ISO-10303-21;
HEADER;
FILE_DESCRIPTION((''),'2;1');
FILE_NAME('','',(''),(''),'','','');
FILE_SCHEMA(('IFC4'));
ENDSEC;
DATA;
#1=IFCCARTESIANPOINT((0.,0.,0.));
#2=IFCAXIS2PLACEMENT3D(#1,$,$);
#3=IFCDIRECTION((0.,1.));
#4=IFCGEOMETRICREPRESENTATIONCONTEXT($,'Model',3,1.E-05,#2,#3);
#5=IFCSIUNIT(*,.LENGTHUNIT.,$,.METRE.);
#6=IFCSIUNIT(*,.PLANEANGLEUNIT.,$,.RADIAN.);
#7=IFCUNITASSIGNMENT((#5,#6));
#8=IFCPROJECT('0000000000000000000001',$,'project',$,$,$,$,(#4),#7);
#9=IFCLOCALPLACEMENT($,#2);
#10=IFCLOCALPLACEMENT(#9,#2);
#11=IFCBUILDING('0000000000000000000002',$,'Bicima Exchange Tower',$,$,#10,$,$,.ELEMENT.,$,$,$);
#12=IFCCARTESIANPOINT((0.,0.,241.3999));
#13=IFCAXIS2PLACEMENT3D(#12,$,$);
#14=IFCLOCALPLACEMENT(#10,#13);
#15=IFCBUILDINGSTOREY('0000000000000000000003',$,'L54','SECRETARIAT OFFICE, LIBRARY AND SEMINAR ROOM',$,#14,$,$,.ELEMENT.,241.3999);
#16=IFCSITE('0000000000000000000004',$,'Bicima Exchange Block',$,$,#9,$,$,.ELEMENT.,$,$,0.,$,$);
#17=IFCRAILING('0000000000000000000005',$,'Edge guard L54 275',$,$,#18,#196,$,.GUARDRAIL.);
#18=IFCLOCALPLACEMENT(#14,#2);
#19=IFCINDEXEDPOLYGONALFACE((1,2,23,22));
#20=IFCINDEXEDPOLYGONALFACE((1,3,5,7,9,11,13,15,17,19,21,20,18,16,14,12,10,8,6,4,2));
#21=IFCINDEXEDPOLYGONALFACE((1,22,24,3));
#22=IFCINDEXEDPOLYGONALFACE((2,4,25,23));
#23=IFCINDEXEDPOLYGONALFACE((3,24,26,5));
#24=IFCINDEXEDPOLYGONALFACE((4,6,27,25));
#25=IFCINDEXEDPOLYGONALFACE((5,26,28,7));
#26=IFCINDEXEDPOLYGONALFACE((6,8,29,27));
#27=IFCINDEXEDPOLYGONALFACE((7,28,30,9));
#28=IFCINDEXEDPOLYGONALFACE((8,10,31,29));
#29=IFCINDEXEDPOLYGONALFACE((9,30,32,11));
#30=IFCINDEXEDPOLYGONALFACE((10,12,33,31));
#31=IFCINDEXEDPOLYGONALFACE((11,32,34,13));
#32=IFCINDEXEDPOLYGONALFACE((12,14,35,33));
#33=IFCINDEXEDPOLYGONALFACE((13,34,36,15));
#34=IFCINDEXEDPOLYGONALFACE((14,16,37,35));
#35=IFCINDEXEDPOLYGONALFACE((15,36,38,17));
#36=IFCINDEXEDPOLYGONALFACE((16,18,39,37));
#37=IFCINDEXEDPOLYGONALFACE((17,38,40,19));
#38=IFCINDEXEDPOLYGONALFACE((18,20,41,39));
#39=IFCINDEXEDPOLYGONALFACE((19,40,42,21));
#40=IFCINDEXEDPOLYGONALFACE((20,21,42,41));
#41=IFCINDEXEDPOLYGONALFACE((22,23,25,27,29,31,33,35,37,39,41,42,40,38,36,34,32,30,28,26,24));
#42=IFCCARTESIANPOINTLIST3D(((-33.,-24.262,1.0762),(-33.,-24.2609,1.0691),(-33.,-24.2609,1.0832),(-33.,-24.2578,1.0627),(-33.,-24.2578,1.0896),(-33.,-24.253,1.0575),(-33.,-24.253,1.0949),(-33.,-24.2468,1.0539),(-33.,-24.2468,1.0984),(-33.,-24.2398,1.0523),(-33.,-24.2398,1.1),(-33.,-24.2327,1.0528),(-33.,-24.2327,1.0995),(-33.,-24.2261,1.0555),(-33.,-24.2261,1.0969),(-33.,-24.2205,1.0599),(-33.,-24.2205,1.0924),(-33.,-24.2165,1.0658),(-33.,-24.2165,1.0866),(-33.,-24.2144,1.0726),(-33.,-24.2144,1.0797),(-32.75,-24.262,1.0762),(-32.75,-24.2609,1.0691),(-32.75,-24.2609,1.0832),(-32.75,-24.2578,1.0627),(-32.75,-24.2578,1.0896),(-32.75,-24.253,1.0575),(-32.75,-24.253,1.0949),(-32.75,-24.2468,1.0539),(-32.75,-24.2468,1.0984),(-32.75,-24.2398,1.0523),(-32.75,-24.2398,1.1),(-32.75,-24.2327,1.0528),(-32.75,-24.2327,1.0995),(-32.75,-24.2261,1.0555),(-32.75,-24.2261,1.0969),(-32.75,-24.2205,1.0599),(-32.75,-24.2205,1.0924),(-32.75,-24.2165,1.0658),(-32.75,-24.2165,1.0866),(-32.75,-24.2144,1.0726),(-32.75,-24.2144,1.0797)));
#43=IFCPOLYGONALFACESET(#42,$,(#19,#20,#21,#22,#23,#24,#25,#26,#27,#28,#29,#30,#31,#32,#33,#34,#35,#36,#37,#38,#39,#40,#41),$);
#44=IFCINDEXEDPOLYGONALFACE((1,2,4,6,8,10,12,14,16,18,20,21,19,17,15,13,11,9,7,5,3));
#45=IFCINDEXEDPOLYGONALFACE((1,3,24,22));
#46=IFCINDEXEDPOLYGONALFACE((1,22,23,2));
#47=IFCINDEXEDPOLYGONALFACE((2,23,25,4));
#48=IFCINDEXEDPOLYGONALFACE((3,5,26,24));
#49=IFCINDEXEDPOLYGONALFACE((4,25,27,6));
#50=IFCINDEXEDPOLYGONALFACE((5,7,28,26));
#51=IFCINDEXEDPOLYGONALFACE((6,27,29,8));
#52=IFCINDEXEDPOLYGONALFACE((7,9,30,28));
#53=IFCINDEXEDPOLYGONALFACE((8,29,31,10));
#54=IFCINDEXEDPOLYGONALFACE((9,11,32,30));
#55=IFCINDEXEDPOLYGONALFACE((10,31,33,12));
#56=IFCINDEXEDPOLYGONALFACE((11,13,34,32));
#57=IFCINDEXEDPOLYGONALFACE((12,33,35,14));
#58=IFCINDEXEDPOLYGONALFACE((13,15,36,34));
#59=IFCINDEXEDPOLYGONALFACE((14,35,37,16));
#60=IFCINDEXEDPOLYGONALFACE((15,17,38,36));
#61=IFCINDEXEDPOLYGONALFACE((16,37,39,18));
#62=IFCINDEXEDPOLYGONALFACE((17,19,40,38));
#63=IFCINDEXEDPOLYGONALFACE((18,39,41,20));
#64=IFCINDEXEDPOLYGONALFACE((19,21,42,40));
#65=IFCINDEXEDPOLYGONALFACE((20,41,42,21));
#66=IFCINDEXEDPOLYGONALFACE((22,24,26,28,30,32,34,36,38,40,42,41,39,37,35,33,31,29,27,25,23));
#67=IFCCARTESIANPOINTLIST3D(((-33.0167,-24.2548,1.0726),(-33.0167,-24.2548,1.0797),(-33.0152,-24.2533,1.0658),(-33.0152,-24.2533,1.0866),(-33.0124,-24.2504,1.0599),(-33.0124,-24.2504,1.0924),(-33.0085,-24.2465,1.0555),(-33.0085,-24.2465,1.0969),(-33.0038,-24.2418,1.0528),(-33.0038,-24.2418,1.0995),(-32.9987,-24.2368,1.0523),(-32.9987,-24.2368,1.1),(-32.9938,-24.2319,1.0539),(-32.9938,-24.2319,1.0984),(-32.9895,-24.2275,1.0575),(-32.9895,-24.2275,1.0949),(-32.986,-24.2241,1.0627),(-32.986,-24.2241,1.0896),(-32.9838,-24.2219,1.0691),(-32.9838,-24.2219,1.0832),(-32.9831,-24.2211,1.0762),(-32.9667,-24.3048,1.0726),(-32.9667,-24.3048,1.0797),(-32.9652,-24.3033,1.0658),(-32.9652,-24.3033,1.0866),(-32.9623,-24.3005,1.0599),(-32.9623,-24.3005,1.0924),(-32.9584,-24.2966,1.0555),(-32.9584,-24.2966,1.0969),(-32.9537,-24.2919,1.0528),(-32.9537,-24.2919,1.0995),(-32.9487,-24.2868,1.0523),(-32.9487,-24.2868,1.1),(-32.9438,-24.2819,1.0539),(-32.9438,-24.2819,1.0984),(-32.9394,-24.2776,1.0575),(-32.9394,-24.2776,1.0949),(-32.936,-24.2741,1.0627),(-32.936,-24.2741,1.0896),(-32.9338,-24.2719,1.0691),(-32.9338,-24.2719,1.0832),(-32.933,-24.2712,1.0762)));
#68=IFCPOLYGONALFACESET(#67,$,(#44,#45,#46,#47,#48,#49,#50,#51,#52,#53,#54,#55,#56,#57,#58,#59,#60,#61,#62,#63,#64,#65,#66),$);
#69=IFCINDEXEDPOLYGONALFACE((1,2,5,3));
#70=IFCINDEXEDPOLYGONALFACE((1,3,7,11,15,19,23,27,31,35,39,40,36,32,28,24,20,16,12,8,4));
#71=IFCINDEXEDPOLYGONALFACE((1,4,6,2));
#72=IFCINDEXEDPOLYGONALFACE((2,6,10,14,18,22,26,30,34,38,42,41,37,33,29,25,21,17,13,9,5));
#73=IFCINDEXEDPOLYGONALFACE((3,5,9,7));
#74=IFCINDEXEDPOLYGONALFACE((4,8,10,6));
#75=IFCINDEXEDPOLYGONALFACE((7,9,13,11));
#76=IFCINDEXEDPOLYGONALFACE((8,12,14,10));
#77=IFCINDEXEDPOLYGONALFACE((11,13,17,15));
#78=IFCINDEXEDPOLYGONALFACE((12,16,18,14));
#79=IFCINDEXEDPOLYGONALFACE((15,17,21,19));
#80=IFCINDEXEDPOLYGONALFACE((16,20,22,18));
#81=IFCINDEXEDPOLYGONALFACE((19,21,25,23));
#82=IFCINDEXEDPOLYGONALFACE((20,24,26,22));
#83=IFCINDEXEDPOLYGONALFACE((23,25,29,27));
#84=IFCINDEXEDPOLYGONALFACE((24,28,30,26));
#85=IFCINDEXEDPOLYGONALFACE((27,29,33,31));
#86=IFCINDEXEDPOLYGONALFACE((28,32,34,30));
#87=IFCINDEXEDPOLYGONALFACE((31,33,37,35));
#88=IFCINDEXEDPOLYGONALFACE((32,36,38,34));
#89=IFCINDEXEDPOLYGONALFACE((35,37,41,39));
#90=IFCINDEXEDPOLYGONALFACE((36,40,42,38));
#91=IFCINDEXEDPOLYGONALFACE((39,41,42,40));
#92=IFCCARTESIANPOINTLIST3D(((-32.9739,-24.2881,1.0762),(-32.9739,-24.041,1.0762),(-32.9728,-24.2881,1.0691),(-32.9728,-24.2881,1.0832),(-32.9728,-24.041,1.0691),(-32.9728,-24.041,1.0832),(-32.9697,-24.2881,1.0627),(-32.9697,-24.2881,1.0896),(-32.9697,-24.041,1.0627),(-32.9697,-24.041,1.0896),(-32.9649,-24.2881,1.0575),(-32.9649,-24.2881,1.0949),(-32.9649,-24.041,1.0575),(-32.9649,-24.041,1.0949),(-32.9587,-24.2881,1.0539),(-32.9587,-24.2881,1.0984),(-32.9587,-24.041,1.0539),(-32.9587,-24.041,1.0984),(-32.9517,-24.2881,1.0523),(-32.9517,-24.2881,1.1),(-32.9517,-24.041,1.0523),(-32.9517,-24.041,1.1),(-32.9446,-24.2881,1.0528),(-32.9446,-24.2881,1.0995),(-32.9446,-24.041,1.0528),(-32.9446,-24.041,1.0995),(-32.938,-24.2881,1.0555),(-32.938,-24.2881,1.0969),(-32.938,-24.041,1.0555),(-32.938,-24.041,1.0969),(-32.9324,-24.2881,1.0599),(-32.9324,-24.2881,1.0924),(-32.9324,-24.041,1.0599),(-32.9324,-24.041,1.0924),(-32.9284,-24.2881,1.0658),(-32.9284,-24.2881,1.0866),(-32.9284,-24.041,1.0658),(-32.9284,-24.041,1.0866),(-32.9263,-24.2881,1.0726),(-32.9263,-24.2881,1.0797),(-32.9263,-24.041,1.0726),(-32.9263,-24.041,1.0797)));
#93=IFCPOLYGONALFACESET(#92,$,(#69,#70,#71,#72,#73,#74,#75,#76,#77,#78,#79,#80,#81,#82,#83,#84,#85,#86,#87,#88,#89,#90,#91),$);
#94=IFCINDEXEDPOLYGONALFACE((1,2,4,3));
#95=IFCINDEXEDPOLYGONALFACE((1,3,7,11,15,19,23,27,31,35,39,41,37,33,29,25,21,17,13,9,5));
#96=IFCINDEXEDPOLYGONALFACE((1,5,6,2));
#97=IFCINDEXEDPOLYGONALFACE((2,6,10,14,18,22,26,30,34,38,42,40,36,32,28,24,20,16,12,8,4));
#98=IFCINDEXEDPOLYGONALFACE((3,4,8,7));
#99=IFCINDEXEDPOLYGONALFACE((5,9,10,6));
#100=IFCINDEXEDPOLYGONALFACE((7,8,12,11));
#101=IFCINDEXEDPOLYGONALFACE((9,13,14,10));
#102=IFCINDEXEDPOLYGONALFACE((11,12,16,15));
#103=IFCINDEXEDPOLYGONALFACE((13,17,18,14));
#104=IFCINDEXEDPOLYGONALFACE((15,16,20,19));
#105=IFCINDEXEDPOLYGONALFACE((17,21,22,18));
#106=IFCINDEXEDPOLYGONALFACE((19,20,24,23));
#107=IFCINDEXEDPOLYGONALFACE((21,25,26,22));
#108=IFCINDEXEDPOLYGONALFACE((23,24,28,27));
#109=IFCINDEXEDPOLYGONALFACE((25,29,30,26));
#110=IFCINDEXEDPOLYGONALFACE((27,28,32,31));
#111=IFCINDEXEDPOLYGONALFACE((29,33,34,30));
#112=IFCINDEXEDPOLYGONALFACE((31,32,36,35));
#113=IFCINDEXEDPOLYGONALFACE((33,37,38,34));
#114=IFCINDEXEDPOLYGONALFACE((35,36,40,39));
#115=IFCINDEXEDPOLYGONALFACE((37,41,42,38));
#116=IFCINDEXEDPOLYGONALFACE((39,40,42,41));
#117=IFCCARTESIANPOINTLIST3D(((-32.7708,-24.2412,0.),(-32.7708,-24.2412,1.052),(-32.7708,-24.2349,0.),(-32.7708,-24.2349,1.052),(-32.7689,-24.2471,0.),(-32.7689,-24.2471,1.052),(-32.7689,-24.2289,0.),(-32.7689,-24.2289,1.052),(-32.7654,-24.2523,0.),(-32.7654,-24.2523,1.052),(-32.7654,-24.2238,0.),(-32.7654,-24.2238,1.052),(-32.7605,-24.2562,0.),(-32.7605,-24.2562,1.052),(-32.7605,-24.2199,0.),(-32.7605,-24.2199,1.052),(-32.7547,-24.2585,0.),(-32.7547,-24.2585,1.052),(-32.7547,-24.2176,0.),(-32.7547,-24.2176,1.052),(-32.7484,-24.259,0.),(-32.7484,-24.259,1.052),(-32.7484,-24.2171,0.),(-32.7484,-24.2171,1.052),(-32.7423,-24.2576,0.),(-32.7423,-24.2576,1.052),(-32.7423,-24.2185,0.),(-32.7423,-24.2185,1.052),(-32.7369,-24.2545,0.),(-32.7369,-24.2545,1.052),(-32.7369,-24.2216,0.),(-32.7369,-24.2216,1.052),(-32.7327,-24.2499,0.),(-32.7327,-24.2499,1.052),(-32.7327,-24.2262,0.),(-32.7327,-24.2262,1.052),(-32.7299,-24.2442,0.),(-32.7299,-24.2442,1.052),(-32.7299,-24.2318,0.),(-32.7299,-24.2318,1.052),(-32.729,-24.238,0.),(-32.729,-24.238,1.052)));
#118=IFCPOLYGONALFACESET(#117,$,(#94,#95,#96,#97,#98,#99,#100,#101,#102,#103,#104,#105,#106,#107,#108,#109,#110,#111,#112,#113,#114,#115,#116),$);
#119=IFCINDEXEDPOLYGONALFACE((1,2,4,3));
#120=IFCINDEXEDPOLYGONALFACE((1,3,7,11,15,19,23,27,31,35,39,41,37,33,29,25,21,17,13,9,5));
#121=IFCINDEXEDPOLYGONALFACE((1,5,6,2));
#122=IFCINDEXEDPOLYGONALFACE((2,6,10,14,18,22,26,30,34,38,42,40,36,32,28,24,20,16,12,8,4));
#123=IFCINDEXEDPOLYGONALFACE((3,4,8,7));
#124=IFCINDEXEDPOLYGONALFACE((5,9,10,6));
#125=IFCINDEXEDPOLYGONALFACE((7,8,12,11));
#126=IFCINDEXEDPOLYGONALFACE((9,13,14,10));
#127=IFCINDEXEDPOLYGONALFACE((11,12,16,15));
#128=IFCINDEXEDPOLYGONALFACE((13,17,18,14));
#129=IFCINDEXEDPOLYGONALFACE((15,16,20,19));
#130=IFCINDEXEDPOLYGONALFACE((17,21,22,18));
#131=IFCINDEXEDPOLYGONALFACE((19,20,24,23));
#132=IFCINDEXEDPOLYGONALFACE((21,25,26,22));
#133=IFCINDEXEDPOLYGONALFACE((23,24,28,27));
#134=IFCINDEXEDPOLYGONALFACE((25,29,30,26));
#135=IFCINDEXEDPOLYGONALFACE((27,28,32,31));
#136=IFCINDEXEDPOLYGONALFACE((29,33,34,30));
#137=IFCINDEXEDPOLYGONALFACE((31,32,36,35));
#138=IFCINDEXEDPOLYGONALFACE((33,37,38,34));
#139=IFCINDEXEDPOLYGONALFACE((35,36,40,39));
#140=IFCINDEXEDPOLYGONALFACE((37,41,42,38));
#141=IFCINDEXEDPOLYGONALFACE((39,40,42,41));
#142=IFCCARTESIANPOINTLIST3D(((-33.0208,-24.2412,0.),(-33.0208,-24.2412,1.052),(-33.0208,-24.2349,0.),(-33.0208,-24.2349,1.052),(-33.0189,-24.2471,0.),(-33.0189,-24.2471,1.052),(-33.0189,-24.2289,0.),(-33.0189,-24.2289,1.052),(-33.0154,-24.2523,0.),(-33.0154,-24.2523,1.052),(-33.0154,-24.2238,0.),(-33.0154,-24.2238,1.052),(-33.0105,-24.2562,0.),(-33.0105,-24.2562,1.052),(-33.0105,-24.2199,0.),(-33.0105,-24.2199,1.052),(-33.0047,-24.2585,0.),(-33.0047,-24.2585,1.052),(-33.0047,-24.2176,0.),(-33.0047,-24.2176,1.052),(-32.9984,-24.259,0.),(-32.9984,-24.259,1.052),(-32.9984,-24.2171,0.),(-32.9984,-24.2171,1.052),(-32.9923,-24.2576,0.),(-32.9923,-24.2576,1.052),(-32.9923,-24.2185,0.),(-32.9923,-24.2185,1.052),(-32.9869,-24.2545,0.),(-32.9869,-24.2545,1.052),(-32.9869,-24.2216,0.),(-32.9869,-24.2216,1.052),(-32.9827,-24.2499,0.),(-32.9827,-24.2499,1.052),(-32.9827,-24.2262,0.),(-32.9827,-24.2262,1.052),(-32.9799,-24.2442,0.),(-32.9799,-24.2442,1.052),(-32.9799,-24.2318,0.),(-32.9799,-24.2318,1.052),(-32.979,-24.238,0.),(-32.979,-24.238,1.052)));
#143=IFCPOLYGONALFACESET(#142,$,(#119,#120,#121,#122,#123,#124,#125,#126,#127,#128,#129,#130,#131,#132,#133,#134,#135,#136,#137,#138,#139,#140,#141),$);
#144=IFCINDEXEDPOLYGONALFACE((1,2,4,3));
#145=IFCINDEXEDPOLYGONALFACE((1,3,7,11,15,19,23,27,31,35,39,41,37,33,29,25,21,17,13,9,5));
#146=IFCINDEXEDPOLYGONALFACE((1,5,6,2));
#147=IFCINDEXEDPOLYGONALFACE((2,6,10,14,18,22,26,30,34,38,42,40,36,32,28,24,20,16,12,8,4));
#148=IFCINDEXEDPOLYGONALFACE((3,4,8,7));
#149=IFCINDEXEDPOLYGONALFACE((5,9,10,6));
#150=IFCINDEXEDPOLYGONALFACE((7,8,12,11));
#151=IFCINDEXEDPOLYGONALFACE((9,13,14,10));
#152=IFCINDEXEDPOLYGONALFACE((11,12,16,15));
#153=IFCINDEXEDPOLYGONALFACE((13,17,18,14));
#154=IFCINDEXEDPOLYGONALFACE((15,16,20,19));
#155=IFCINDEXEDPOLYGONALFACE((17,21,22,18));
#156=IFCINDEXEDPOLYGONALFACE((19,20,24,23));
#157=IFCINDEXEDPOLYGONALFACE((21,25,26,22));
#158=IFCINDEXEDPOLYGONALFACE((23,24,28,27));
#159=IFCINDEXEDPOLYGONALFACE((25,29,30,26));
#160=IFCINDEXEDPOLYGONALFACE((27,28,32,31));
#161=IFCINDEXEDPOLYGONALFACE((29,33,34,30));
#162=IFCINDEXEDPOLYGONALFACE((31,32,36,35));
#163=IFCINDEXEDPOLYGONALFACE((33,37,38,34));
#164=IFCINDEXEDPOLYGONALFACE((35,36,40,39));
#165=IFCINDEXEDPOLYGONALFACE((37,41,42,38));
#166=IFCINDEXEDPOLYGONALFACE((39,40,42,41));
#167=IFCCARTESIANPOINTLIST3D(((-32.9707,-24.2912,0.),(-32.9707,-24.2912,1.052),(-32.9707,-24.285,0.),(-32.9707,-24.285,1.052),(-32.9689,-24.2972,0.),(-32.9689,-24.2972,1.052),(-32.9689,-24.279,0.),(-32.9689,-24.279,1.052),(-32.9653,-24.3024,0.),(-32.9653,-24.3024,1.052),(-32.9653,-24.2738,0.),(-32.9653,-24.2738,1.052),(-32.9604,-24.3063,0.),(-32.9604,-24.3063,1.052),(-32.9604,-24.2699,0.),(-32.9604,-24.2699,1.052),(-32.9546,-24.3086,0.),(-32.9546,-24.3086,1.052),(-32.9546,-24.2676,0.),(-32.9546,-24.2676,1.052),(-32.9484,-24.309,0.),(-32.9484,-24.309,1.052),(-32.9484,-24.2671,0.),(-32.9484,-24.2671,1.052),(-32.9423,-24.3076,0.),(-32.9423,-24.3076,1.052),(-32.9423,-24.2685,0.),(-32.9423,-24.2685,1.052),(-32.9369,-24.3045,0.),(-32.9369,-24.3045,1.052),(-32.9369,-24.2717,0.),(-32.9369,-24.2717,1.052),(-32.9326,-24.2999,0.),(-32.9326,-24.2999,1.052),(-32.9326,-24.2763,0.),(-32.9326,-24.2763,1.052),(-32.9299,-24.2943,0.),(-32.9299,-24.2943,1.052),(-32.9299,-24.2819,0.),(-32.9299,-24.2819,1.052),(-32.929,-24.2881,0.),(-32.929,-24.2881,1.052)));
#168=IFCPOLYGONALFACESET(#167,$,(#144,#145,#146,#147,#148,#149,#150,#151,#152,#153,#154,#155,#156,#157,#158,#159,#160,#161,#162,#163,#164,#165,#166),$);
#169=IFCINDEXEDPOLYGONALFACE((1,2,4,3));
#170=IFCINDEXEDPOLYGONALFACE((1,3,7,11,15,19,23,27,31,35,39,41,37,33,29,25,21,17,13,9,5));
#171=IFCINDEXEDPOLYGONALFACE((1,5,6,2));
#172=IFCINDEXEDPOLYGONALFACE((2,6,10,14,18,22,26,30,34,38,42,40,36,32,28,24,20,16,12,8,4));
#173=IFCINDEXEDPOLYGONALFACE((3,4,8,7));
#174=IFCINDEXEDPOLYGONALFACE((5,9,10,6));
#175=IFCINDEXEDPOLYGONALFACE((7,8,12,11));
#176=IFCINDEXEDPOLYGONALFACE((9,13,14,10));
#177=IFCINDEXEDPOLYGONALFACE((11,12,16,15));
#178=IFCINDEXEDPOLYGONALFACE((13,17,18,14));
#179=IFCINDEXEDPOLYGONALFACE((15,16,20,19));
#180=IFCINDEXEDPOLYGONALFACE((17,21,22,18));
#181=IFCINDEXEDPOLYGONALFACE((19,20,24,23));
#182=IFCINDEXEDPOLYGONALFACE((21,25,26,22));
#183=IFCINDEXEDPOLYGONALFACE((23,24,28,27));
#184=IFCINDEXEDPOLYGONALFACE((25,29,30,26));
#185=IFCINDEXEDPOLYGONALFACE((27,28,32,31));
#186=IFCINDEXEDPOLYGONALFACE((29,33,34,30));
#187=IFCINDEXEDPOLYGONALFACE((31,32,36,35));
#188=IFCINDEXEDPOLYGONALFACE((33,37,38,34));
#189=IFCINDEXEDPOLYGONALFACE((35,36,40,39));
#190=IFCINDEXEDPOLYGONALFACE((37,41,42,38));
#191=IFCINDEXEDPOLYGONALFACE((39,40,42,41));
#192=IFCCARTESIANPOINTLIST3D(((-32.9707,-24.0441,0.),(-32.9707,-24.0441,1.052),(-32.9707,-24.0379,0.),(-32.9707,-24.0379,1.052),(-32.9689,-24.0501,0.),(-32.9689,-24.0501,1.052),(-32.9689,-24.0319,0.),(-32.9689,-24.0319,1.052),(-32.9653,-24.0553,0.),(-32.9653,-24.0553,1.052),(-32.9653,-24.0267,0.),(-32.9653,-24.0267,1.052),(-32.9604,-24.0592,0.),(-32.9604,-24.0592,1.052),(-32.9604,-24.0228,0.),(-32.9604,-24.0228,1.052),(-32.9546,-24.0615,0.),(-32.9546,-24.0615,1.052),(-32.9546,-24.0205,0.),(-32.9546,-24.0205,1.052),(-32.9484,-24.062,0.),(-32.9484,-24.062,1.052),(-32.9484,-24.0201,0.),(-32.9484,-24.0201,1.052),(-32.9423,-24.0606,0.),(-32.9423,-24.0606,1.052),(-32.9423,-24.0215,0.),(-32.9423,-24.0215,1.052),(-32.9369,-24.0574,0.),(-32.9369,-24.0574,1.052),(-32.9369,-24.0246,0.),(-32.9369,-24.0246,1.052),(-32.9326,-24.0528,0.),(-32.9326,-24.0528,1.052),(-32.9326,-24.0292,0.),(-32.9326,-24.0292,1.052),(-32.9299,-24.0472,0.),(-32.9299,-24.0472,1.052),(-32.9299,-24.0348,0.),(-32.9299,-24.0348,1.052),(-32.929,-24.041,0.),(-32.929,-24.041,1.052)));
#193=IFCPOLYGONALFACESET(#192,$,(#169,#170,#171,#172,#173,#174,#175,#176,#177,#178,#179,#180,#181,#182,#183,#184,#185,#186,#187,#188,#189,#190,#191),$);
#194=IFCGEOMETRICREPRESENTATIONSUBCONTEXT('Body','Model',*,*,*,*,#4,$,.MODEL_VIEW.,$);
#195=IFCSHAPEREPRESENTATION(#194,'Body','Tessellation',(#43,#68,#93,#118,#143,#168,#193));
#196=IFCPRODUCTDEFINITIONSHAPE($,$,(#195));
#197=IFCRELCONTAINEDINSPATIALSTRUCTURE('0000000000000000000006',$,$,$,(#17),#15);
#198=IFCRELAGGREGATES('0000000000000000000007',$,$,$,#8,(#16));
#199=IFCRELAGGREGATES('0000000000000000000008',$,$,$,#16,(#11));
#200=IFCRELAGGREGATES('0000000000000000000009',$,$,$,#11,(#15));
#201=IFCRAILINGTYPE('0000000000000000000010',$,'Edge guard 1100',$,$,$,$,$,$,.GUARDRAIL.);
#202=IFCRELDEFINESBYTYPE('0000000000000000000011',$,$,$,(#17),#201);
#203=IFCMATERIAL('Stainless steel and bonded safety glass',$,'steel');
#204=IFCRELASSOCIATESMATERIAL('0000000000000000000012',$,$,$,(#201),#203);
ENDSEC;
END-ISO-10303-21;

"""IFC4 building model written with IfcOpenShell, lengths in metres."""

from ifc_helpers import new_model, si_unit, direction, frame, origin, origin_2d, place, context, subcontext, project, spatial, circle, extrude, material, type_object, element, save


model = new_model("IFC4")

# Units and contexts
model_context = context("Model", 3, precision=1e-05, world=origin(), true_north=direction((0.0, 1.0)))
body_context = subcontext(model_context, "Body", "Model", "MODEL_VIEW")
ifc_project = project(units=[si_unit("LENGTHUNIT", "METRE"), si_unit("PLANEANGLEUNIT", "RADIAN")], contexts=[model_context])

# Site, building, storey
site_placement = place(None, origin())
site = spatial("IfcSite", under=ifc_project, at=site_placement, Name="Bicima Exchange Block", CompositionType="ELEMENT", RefElevation=0.0)
building_placement = place(site_placement, origin())
building = spatial("IfcBuilding", under=site, at=building_placement, Name="Bicima Exchange Tower", CompositionType="ELEMENT")
storey_placement = place(building_placement, frame((0.0, 0.0, 241.3999)))
storey = spatial("IfcBuildingStorey", under=building, at=storey_placement, Name="L54", Description="SECRETARIAT OFFICE, LIBRARY AND SEMINAR ROOM", CompositionType="ELEMENT", Elevation=241.3999)

# Railing
ifc_material_1 = material(Name="Stainless steel and bonded safety glass", Category="steel")
railing_type = type_object("IfcRailingType", Name="Edge guard 1100", PredefinedType="GUARDRAIL", material=ifc_material_1)
railing_1_placement = place(storey_placement, frame((-32.75, -24.238, 0.0)))
element("IfcRailing", 1, at=railing_1_placement, inside=storey, type_object=railing_type, Name="Edge guard L54 275", PredefinedType="GUARDRAIL", context=body_context, shape_type="SweptSolid", body=[
    extrude(circle(Radius=0.0239, at=origin_2d()), frame((0.0, 0.0, 1.0762), z_axis=(-1.0, 0.0, 0.0), x_axis=(0.0, -1.0, 0.0)), (0.0, 0.0, 1.0), 0.25),
    extrude(circle(Radius=0.0239, at=origin_2d()), frame((-0.25, 0.0, 1.0762), z_axis=(0.707107, -0.707107, 0.0), x_axis=(0.707107, 0.707107, 0.0)), (0.0, 0.0, 1.0), 0.0708),
    extrude(circle(Radius=0.0239, at=origin_2d()), frame((-0.2, -0.05, 1.0762), z_axis=(0.0, 1.0, 0.0), x_axis=(-1.0, 0.0, 0.0)), (0.0, 0.0, 1.0), 0.2471),
    extrude(circle(Radius=0.021, at=origin_2d()), origin(), (0.0, 0.0, 1.0), 1.052),
    extrude(circle(Radius=0.021, at=origin_2d()), frame((-0.25, 0.0, 0.0)), (0.0, 0.0, 1.0), 1.052),
    extrude(circle(Radius=0.021, at=origin_2d()), frame((-0.2, -0.05, 0.0)), (0.0, 0.0, 1.0), 1.052),
    extrude(circle(Radius=0.021, at=origin_2d()), frame((-0.2, 0.197, 0.0)), (0.0, 0.0, 1.0), 1.052),
])

save(model, "model.ifc")
